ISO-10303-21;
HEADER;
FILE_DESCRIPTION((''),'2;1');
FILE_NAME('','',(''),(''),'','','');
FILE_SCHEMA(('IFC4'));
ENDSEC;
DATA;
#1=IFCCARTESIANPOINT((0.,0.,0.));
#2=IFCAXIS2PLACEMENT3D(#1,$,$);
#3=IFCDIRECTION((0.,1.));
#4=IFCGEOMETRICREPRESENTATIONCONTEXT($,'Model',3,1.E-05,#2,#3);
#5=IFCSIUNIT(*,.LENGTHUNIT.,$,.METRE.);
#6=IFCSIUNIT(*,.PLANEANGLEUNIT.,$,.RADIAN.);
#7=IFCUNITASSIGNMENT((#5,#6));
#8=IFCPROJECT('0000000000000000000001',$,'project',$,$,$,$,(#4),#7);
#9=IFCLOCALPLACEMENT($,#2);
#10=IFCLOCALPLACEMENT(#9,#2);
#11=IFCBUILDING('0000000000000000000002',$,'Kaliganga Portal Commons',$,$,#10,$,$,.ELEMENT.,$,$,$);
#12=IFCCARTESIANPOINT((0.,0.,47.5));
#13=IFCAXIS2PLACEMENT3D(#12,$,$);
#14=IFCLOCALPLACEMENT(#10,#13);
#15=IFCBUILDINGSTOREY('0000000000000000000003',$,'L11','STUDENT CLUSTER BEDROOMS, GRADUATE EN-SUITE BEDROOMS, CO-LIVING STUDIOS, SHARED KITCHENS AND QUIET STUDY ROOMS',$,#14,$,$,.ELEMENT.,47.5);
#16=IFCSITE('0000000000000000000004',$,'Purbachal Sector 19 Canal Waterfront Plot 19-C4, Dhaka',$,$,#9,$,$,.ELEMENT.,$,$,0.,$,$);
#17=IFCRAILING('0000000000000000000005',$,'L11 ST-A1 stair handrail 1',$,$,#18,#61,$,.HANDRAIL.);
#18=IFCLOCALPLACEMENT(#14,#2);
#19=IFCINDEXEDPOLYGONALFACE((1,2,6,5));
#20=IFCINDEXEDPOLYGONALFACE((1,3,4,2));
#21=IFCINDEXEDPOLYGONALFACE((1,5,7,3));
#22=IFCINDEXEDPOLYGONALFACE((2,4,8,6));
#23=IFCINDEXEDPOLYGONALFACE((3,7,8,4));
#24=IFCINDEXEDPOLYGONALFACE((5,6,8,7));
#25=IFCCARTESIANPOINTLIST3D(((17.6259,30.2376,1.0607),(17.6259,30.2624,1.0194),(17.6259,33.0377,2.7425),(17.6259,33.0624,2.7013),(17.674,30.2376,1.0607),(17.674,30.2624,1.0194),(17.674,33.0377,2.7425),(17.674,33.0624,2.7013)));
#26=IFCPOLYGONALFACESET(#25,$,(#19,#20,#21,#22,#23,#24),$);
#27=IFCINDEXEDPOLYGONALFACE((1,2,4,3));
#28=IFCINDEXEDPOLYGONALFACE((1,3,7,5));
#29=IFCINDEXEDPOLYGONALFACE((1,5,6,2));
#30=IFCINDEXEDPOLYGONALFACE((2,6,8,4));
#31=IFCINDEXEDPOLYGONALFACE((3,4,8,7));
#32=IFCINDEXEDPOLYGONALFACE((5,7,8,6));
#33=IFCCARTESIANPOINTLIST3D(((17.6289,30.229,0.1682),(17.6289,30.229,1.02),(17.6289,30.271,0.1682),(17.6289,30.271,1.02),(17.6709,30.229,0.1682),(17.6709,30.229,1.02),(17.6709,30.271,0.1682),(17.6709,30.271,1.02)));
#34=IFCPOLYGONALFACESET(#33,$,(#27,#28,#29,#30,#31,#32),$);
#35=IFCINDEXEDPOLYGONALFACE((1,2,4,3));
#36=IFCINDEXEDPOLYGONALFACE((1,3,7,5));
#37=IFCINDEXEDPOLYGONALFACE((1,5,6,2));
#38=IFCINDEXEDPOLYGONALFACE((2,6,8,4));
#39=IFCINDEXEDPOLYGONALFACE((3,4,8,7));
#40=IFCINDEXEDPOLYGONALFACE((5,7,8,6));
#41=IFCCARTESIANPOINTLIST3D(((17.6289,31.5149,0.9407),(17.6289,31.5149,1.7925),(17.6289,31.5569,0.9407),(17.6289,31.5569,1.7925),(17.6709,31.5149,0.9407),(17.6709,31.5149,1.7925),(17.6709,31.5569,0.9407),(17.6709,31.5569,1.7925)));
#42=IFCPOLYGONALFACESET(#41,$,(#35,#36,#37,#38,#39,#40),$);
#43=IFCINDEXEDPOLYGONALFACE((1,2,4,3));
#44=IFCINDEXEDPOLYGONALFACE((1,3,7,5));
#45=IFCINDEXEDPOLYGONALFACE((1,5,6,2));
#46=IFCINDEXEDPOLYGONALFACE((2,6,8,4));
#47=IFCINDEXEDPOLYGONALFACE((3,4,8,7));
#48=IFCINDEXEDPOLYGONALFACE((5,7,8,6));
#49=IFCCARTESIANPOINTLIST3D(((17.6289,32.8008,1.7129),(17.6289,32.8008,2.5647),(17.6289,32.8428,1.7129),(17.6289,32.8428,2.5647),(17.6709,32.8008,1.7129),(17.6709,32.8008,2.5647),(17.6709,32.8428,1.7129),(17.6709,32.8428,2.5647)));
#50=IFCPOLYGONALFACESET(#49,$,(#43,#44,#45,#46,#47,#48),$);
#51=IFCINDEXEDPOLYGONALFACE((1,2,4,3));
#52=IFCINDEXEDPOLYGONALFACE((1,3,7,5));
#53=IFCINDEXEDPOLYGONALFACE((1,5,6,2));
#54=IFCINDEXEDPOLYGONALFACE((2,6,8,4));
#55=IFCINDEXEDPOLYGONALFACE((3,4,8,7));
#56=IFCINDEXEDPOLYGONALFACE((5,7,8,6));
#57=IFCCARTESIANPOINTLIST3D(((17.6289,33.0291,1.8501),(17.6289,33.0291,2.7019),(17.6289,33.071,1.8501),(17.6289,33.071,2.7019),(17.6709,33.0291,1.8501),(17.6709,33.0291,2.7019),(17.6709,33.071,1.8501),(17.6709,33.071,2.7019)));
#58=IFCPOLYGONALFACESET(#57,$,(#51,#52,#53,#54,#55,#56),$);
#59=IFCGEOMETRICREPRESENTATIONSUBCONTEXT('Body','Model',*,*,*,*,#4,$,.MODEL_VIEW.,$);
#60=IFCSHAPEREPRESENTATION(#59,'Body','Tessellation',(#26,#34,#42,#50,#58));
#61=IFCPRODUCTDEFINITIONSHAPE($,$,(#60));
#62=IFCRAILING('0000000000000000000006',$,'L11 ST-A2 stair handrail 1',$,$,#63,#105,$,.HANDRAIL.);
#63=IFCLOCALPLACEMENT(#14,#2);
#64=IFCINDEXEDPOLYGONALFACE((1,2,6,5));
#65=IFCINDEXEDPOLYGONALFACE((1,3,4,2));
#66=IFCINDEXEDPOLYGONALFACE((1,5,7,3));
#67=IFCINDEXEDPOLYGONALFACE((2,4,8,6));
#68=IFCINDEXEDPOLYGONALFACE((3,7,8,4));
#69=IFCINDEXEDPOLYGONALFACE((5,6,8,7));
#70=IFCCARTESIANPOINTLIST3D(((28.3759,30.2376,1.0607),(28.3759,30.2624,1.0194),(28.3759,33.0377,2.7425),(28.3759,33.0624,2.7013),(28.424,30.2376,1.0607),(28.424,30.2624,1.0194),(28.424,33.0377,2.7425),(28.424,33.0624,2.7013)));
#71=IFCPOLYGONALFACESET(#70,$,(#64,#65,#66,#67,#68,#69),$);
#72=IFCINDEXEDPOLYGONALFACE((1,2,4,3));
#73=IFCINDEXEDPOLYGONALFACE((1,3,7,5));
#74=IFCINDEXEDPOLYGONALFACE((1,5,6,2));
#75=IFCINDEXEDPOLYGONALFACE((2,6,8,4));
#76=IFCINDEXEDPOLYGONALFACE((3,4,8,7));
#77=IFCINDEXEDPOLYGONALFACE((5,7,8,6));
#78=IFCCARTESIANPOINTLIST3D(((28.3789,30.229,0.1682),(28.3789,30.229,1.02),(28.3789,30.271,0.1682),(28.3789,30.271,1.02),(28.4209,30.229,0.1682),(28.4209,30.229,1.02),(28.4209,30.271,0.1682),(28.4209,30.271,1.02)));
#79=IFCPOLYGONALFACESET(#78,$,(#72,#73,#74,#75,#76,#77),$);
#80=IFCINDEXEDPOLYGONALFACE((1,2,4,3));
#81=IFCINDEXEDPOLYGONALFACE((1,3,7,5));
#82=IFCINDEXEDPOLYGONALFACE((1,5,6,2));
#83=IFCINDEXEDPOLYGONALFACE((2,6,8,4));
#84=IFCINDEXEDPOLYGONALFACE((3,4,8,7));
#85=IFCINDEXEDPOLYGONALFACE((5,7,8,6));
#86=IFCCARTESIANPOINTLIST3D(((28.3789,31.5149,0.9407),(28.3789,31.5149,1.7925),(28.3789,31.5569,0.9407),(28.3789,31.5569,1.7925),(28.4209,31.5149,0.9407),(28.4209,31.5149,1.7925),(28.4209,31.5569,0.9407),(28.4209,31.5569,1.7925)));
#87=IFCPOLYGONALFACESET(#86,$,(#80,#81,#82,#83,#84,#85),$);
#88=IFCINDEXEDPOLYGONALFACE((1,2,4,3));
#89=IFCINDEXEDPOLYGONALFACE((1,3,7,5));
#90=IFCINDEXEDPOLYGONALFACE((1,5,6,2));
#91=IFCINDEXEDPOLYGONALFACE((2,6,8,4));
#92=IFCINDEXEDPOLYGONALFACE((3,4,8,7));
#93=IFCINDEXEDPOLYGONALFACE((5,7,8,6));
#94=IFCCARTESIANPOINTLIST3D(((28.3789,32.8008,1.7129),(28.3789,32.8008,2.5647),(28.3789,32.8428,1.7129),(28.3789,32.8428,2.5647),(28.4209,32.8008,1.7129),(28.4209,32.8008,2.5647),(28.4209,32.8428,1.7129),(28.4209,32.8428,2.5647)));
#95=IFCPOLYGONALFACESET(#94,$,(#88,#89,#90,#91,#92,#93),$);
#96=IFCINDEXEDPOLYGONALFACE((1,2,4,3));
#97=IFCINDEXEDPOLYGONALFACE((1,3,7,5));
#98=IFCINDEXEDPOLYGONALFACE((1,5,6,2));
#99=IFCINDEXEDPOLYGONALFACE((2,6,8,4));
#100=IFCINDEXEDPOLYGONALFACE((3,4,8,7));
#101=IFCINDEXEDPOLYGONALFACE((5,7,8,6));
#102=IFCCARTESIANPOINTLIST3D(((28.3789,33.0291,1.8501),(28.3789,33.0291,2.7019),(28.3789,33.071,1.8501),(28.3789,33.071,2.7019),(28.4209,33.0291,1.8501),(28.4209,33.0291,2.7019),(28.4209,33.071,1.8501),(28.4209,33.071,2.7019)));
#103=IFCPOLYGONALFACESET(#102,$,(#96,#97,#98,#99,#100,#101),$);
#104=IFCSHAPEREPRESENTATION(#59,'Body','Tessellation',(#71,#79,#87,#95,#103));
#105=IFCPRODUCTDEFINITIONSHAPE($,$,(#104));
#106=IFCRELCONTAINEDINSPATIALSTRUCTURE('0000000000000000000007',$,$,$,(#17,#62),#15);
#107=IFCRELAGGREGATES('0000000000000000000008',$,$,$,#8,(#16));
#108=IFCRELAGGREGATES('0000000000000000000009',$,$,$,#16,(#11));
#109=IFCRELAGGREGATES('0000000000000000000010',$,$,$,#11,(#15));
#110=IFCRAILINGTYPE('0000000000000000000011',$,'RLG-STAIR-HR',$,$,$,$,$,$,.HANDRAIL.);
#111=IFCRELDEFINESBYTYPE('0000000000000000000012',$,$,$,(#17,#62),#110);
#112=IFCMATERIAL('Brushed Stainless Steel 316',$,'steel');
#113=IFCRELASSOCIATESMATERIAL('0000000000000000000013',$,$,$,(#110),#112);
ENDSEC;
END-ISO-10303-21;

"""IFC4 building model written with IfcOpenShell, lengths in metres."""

from ifc_helpers import new_model, si_unit, direction, frame, origin, origin_2d, place, context, subcontext, project, spatial, rectangle, extrude, material, type_object, element, save


model = new_model("IFC4")

# Units and contexts
model_context = context("Model", 3, precision=1e-05, world=origin(), true_north=direction((0.0, 1.0)))
body_context = subcontext(model_context, "Body", "Model", "MODEL_VIEW")
ifc_project = project(units=[si_unit("LENGTHUNIT", "METRE"), si_unit("PLANEANGLEUNIT", "RADIAN")], contexts=[model_context])

# Site, building, storey
site_placement = place(None, origin())
site = spatial("IfcSite", under=ifc_project, at=site_placement, Name="Purbachal Sector 19 Canal Waterfront Plot 19-C4, Dhaka", CompositionType="ELEMENT", RefElevation=0.0)
building_placement = place(site_placement, origin())
building = spatial("IfcBuilding", under=site, at=building_placement, Name="Kaliganga Portal Commons", CompositionType="ELEMENT")
storey_placement = place(building_placement, frame((0.0, 0.0, 47.5)))
storey = spatial("IfcBuildingStorey", under=building, at=storey_placement, Name="L11", Description="STUDENT CLUSTER BEDROOMS, GRADUATE EN-SUITE BEDROOMS, CO-LIVING STUDIOS, SHARED KITCHENS AND QUIET STUDY ROOMS", CompositionType="ELEMENT", Elevation=47.5)

# Railings
ifc_material_1 = material(Name="Brushed Stainless Steel 316", Category="steel")
railing_type_1 = type_object("IfcRailingType", Name="RLG-STAIR-HR", PredefinedType="HANDRAIL", material=ifc_material_1)
for number, where, name in (
    (1, (17.6499, 30.25, 0.1682), "L11 ST-A1 stair handrail 1"),
    (2, (28.3999, 30.25, 0.1682), "L11 ST-A2 stair handrail 1"),
):
    element("IfcRailing", number, at=place(storey_placement, frame(where)), inside=storey, type_object=railing_type_1, Name=name, PredefinedType="HANDRAIL", context=body_context, shape_type="SweptSolid", body=[
        extrude(rectangle(XDim=0.0481, YDim=0.0481, at=origin_2d()), frame((0.0, 0.0, 0.8718), z_axis=(0.0, 0.857242, 0.514913), x_axis=(-1.0, 0.0, 0.0)), (0.0, 0.0, 1.0), 3.2664),
        extrude(rectangle(XDim=0.042, YDim=0.042, at=origin_2d()), origin(), (0.0, 0.0, 1.0), 0.8518),
        extrude(rectangle(XDim=0.042, YDim=0.042, at=origin_2d()), frame((0.0, 1.2859, 0.7725)), (0.0, 0.0, 1.0), 0.8518),
        extrude(rectangle(XDim=0.042, YDim=0.042, at=origin_2d()), frame((0.0, 2.5718, 1.5447)), (0.0, 0.0, 1.0), 0.8518),
        extrude(rectangle(XDim=0.042, YDim=0.042, at=origin_2d()), frame((0.0, 2.8, 1.6819)), (0.0, 0.0, 1.0), 0.8518),
    ])

save(model, "model.ifc")
